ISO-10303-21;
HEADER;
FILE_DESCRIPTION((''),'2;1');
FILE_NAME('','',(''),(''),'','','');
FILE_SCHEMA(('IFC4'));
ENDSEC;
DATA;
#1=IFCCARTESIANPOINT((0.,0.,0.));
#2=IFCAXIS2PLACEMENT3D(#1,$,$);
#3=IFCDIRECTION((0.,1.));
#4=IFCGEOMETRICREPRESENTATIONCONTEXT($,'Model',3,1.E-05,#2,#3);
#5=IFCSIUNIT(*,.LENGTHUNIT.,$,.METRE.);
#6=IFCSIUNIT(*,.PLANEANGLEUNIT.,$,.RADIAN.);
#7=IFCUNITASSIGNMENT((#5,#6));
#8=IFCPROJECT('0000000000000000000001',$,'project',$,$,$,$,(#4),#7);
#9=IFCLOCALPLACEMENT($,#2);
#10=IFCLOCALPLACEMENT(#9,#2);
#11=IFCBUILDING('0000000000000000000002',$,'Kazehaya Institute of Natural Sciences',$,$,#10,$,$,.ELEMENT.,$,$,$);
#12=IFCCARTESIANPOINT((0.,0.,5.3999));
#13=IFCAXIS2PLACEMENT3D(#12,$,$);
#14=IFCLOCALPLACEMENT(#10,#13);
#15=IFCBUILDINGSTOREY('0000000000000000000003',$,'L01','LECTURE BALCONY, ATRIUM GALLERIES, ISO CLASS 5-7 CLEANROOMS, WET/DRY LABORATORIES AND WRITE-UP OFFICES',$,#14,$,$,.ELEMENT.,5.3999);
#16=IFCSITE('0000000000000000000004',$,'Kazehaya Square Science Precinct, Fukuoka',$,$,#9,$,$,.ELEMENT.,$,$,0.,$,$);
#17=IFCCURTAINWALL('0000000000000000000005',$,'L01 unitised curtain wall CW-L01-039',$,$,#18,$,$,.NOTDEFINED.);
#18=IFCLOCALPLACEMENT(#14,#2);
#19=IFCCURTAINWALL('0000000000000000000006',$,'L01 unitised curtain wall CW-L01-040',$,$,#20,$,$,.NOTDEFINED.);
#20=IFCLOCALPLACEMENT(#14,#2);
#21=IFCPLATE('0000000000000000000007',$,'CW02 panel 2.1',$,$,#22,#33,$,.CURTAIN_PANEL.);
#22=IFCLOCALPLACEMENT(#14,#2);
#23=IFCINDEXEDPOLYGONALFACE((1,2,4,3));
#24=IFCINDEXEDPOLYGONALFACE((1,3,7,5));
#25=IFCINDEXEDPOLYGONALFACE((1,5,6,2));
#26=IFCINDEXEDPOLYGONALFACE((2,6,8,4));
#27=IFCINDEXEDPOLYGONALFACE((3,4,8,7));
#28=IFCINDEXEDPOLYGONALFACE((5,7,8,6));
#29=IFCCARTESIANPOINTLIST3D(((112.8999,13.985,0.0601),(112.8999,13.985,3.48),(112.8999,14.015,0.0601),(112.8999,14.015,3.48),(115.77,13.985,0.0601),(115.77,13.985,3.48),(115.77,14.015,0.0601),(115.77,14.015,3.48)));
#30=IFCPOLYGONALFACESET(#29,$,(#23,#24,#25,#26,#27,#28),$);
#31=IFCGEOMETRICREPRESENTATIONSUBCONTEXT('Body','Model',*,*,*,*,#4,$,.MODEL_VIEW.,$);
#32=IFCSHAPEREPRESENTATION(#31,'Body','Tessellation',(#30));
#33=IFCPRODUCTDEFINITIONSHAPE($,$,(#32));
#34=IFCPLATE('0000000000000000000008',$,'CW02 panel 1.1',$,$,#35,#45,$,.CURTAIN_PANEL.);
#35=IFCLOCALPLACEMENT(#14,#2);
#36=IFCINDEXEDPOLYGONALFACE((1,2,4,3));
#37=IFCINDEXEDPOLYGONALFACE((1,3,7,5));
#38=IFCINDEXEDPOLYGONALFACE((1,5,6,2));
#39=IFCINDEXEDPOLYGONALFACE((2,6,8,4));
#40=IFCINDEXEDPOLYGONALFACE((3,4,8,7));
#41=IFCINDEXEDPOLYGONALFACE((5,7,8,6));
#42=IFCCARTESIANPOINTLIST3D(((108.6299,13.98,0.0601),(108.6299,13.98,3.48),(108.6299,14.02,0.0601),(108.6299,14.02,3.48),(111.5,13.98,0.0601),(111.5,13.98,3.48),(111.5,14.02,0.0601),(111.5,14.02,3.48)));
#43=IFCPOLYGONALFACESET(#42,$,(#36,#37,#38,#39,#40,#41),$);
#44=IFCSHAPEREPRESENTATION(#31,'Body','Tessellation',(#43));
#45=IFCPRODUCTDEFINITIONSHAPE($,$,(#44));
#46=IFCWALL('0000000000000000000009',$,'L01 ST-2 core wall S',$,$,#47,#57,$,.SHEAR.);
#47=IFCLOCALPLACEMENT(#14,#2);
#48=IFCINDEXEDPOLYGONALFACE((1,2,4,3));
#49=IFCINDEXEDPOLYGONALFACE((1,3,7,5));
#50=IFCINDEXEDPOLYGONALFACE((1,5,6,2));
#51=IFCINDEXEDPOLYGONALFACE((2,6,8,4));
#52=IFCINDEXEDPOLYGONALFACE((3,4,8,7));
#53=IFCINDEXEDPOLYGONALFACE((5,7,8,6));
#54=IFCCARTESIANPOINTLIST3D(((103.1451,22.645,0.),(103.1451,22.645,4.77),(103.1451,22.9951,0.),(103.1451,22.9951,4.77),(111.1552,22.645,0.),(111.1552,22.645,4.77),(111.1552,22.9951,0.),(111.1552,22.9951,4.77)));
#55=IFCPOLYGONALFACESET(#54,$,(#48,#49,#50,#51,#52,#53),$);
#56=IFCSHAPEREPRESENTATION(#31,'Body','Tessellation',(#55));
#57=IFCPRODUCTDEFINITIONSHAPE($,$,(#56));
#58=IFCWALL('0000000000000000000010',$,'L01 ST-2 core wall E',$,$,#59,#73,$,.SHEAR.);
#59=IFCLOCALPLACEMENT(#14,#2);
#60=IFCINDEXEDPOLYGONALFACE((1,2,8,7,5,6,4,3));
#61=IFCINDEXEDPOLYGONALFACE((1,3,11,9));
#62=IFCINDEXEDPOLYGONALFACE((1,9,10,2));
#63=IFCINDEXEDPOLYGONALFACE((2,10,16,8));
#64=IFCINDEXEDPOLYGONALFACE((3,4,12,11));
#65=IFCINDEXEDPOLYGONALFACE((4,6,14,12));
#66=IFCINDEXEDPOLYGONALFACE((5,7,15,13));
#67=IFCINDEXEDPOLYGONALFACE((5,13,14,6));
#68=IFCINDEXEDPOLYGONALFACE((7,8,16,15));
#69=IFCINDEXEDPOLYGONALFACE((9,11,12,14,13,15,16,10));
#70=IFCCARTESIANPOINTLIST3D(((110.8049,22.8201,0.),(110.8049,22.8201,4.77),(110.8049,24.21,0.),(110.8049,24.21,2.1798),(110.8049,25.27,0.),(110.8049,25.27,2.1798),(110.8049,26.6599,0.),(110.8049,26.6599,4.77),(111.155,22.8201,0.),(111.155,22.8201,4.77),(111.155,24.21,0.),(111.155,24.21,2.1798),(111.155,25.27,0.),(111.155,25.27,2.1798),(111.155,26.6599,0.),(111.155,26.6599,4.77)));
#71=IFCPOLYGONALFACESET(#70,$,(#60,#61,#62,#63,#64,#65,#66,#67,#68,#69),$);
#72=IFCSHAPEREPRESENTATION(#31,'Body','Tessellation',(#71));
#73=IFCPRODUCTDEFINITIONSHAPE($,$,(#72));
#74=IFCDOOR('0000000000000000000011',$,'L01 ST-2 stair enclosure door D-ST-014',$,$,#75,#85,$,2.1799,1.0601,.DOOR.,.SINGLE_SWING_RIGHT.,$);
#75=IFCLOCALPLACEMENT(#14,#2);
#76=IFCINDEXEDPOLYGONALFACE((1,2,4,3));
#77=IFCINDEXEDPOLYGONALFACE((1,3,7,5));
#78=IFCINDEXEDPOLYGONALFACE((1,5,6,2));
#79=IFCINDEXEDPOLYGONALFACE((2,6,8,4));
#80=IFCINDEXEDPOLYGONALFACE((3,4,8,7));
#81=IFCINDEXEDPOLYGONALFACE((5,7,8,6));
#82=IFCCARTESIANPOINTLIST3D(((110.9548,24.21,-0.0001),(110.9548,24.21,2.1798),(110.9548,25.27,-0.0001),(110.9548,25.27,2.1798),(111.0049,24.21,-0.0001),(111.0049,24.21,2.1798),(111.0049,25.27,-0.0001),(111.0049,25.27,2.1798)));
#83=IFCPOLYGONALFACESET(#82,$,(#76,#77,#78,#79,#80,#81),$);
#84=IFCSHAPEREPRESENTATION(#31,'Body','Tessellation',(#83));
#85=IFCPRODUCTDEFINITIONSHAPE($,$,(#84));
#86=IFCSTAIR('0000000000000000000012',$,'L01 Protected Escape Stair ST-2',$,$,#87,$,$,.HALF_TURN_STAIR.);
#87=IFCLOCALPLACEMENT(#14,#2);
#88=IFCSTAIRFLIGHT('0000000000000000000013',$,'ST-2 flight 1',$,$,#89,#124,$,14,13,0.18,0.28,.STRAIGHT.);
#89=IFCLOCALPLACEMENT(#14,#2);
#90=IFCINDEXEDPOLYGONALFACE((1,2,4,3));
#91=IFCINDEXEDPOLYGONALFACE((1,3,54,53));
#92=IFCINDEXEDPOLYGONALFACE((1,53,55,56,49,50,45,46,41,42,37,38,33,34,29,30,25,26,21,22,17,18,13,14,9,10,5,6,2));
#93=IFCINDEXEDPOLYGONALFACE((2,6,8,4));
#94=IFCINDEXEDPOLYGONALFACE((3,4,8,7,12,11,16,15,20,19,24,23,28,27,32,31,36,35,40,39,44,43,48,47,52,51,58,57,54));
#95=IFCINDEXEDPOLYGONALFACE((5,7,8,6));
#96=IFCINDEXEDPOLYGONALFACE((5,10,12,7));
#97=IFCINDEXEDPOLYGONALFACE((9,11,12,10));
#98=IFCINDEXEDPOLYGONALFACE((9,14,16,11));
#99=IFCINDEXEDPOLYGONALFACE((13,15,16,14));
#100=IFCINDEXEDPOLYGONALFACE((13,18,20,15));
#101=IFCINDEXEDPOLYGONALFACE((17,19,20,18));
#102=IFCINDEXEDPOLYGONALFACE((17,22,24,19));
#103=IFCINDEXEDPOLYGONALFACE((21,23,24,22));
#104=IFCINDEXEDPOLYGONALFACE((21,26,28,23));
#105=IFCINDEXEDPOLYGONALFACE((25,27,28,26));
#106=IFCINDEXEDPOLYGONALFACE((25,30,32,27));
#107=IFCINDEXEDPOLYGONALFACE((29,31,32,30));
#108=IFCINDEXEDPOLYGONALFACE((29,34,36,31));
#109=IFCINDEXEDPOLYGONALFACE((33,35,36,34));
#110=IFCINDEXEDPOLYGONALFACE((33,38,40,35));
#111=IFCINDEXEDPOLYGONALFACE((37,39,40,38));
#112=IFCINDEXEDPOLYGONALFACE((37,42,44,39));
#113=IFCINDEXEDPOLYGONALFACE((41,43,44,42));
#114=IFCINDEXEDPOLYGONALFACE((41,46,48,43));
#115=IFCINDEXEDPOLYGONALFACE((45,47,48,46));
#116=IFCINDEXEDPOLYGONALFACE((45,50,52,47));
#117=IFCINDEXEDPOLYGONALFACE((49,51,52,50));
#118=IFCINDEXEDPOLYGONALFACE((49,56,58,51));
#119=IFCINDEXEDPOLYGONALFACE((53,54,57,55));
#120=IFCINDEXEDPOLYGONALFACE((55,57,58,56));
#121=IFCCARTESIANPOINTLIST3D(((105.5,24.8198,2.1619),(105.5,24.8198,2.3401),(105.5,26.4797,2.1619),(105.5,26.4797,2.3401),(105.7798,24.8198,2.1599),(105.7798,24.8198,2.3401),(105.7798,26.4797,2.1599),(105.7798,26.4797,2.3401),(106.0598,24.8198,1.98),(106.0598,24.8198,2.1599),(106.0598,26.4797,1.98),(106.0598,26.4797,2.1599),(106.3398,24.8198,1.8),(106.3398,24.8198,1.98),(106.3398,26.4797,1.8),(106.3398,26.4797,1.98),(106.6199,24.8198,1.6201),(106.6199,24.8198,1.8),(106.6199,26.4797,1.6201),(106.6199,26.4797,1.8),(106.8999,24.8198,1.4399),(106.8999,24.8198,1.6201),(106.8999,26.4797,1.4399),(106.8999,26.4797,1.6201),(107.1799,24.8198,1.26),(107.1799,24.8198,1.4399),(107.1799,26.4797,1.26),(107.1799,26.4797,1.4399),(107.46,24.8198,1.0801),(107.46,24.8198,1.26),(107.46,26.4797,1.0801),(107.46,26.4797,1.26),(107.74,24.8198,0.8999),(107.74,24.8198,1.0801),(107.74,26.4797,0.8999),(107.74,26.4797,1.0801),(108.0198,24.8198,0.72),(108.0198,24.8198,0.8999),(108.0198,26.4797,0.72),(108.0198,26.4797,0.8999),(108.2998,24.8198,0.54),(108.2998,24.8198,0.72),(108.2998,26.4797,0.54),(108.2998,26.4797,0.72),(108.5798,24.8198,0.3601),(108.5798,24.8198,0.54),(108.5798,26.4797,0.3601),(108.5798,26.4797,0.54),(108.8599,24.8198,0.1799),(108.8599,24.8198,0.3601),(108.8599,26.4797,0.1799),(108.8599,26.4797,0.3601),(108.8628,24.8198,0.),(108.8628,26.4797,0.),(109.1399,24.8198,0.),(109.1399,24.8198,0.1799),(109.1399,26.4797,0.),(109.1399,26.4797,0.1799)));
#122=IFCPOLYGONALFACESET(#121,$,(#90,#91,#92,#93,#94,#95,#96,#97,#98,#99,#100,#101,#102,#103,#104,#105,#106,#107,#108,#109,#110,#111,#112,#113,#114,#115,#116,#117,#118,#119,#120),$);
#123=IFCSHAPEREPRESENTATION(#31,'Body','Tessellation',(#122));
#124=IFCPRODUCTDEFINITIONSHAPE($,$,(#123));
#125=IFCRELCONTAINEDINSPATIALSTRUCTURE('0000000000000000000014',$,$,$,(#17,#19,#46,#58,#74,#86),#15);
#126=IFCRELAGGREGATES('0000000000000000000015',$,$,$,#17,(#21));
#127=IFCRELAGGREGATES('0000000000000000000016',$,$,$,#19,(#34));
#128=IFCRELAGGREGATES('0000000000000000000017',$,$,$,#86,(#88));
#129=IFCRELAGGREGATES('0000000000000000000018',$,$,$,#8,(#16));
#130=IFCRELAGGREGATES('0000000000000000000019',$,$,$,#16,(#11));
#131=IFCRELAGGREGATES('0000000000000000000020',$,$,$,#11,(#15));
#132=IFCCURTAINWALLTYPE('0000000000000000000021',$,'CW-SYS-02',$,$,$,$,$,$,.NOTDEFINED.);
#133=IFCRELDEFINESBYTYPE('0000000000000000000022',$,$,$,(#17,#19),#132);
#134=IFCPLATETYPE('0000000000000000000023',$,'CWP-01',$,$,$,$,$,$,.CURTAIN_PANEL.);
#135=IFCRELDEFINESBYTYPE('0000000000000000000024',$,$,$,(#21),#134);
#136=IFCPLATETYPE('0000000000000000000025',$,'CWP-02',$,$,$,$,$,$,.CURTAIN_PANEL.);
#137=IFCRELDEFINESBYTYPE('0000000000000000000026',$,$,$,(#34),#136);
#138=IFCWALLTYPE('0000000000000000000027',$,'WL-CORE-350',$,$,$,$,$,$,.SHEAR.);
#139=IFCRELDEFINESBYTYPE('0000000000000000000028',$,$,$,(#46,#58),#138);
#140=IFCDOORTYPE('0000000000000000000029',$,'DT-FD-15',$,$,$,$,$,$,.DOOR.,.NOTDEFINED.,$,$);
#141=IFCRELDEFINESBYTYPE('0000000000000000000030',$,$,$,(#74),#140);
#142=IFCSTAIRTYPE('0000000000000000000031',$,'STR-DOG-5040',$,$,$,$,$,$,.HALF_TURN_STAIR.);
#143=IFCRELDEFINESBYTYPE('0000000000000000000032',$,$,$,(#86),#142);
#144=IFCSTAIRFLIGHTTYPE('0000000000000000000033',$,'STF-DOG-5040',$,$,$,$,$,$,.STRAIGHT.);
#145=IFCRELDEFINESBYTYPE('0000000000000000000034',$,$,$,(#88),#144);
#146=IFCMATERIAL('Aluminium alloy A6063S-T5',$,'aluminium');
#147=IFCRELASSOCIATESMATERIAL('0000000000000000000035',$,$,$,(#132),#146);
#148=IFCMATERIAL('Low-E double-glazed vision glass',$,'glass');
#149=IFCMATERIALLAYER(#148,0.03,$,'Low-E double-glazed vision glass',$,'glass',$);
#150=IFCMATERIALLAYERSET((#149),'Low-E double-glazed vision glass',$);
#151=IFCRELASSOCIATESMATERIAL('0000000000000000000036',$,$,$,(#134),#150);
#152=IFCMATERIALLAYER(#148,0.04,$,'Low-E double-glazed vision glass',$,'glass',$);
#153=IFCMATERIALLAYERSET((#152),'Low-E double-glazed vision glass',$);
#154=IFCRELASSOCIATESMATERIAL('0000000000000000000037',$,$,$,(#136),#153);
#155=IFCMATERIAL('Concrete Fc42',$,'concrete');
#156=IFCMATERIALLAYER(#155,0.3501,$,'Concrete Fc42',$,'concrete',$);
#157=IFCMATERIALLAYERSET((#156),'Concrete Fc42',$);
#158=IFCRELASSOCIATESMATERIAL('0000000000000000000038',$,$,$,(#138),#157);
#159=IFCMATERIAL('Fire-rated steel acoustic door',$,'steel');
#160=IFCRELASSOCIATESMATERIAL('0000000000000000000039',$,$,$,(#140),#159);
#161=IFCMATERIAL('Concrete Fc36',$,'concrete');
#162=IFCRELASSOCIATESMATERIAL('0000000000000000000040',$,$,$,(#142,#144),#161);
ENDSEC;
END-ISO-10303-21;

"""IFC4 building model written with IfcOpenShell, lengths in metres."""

from ifc_helpers import new_model, si_unit, direction, frame, frame_2d, origin, origin_2d, place, context, subcontext, project, spatial, polyline, rectangle, outline, extrude, material, layer, layer_set, type_object, element, fill, aggregate, save


model = new_model("IFC4")

# Units and contexts
model_context = context("Model", 3, precision=1e-05, world=origin(), true_north=direction((0.0, 1.0)))
body_context = subcontext(model_context, "Body", "Model", "MODEL_VIEW")
ifc_project = project(units=[si_unit("LENGTHUNIT", "METRE"), si_unit("PLANEANGLEUNIT", "RADIAN")], contexts=[model_context])

# Site, building, storey
site_placement = place(None, origin())
site = spatial("IfcSite", under=ifc_project, at=site_placement, Name="Kazehaya Square Science Precinct, Fukuoka", CompositionType="ELEMENT", RefElevation=0.0)
building_placement = place(site_placement, origin())
building = spatial("IfcBuilding", under=site, at=building_placement, Name="Kazehaya Institute of Natural Sciences", CompositionType="ELEMENT")
storey_placement = place(building_placement, frame((0.0, 0.0, 5.3999)))
storey = spatial("IfcBuildingStorey", under=building, at=storey_placement, Name="L01", Description="LECTURE BALCONY, ATRIUM GALLERIES, ISO CLASS 5-7 CLEANROOMS, WET/DRY LABORATORIES AND WRITE-UP OFFICES", CompositionType="ELEMENT", Elevation=5.3999)

# Shared definitions
ifc_material_1 = material(Name="Concrete Fc36", Category="concrete")
ifc_material_2 = material(Name="Concrete Fc42", Category="concrete")

# Curtain wall
ifc_material_3 = material(Name="Aluminium alloy A6063S-T5", Category="aluminium")
curtain_wall_type = type_object("IfcCurtainWallType", Name="CW-SYS-02", PredefinedType="NOTDEFINED", material=ifc_material_3)
curtain_wall_1_placement = place(storey_placement, origin())
curtain_wall_1 = element("IfcCurtainWall", 1, at=curtain_wall_1_placement, inside=storey, type_object=curtain_wall_type, Name="L01 unitised curtain wall CW-L01-039", PredefinedType="NOTDEFINED")

# Curtain wall
curtain_wall_2_placement = place(storey_placement, origin())
curtain_wall_2 = element("IfcCurtainWall", 2, at=curtain_wall_2_placement, inside=storey, type_object=curtain_wall_type, Name="L01 unitised curtain wall CW-L01-040", PredefinedType="NOTDEFINED")

# Plates
ifc_material_4 = material(Name="Low-E double-glazed vision glass", Category="glass")
ifc_layer_1 = layer(ifc_material_4, 0.03, Name="Low-E double-glazed vision glass", Category="glass")
ifc_layer_set_1 = layer_set([ifc_layer_1], Name="Low-E double-glazed vision glass")
plate_type_1 = type_object("IfcPlateType", Name="CWP-01", PredefinedType="CURTAIN_PANEL", material=ifc_layer_set_1)
plate_1_placement = place(storey_placement, frame((114.335, 14.0, 0.0601), z_axis=(0.0, 0.0, 1.0), x_axis=(-1.0, 0.0, 0.0)))
plate_1 = element("IfcPlate", 3, at=plate_1_placement, type_object=plate_type_1, Name="CW02 panel 2.1", PredefinedType="CURTAIN_PANEL", context=body_context, shape_type="SweptSolid", body=[
    extrude(rectangle(XDim=2.8701, YDim=0.03, at=origin_2d()), origin(), (0.0, 0.0, 1.0), 3.4199),
])
aggregate(curtain_wall_1, [plate_1])
ifc_layer_2 = layer(ifc_material_4, 0.04, Name="Low-E double-glazed vision glass", Category="glass")
ifc_layer_set_2 = layer_set([ifc_layer_2], Name="Low-E double-glazed vision glass")
plate_type_2 = type_object("IfcPlateType", Name="CWP-02", PredefinedType="CURTAIN_PANEL", material=ifc_layer_set_2)
plate_2_placement = place(storey_placement, frame((110.0649, 14.0, 0.0601), z_axis=(0.0, 0.0, 1.0), x_axis=(-1.0, 0.0, 0.0)))
plate_2 = element("IfcPlate", 4, at=plate_2_placement, type_object=plate_type_2, Name="CW02 panel 1.1", PredefinedType="CURTAIN_PANEL", context=body_context, shape_type="SweptSolid", body=[
    extrude(rectangle(XDim=2.8701, YDim=0.04, at=origin_2d()), origin(), (0.0, 0.0, 1.0), 3.4199),
])
aggregate(curtain_wall_2, [plate_2])

# Wall
ifc_layer_3 = layer(ifc_material_2, 0.3501, Name="Concrete Fc42", Category="concrete")
ifc_layer_set_3 = layer_set([ifc_layer_3], Name="Concrete Fc42")
wall_type = type_object("IfcWallType", Name="WL-CORE-350", PredefinedType="SHEAR", material=ifc_layer_set_3)
wall_1_placement = place(storey_placement, frame((111.155, 22.8201, 0.0), z_axis=(0.0, 0.0, 1.0), x_axis=(-1.0, 0.0, 0.0)))
element("IfcWall", 5, at=wall_1_placement, inside=storey, type_object=wall_type, Name="L01 ST-2 core wall S", PredefinedType="SHEAR", context=body_context, shape_type="SweptSolid", body=[
    extrude(rectangle(XDim=8.01, YDim=0.3501, at=frame_2d((4.0049, 0.0))), origin(), (0.0, 0.0, 1.0), 4.77),
])

# Wall, opening, door
wall_2_placement = place(storey_placement, frame((110.98, 26.6599, 0.0), z_axis=(0.0, 0.0, 1.0), x_axis=(0.0, -1.0, 0.0)))
wall_2 = element("IfcWall", 6, at=wall_2_placement, inside=storey, type_object=wall_type, Name="L01 ST-2 core wall E", PredefinedType="SHEAR", context=body_context, shape_type="SweptSolid", body=[
    extrude(rectangle(XDim=3.8398, YDim=0.3501, at=frame_2d((1.9199, 0.0))), origin(), (0.0, 0.0, 1.0), 4.77),
])
opening_placement = place(wall_2_placement, frame((1.3899, 0.0, 0.0)))
opening = element("IfcOpeningElement", 7, at=opening_placement, cuts=wall_2, PredefinedType="OPENING", context=body_context, shape_type="SweptSolid", body=[
    extrude(rectangle(XDim=1.0601, YDim=2.1799, at=frame_2d((0.53, 1.0898))), frame((0.0, 0.1851, 0.0), z_axis=(0.0, -1.0, 0.0), x_axis=(1.0, 0.0, 0.0)), (0.0, 0.0, 1.0), 0.3701),
])
ifc_material_5 = material(Name="Fire-rated steel acoustic door", Category="steel")
door_type = type_object("IfcDoorType", Name="DT-FD-15", OperationType="NOTDEFINED", PredefinedType="DOOR", material=ifc_material_5)
door_placement = place(opening_placement, origin())
door = element("IfcDoor", 8, at=door_placement, inside=storey, type_object=door_type, Name="L01 ST-2 stair enclosure door D-ST-014", OperationType="SINGLE_SWING_RIGHT", OverallHeight=2.1799, OverallWidth=1.0601, PredefinedType="DOOR", context=body_context, shape_type="SweptSolid", body=[
    extrude(rectangle(XDim=1.0601, YDim=2.1799, at=frame_2d((0.53, 1.0898))), frame((0.0, 0.0249, 0.0), z_axis=(0.0, -1.0, 0.0), x_axis=(1.0, 0.0, 0.0)), (0.0, 0.0, 1.0), 0.05),
])
fill(opening, door)

# Stair, stair flight
stair_type = type_object("IfcStairType", Name="STR-DOG-5040", PredefinedType="HALF_TURN_STAIR", material=ifc_material_1)
stair_placement = place(storey_placement, origin())
stair = element("IfcStair", 9, at=stair_placement, inside=storey, type_object=stair_type, Name="L01 Protected Escape Stair ST-2", PredefinedType="HALF_TURN_STAIR")
stair_flight_type = type_object("IfcStairFlightType", Name="STF-DOG-5040", PredefinedType="STRAIGHT", material=ifc_material_1)
stair_flight_placement = place(storey_placement, frame((109.1399, 25.6499, 0.0), z_axis=(0.0, 0.0, 1.0), x_axis=(-1.0, 0.0, 0.0)))
stair_flight = element("IfcStairFlight", 10, at=stair_flight_placement, type_object=stair_flight_type, Name="ST-2 flight 1", NumberOfRisers=14, NumberOfTreads=13, PredefinedType="STRAIGHT", RiserHeight=0.18, TreadLength=0.28, context=body_context, shape_type="SweptSolid", body=[
    extrude(outline(polyline([(0.0, 0.0), (0.0, 0.1799), (0.28, 0.1799), (0.28, 0.3601), (0.5601, 0.3601), (0.5601, 0.54), (0.8401, 0.54), (0.8401, 0.72), (1.1201, 0.72), (1.1201, 0.8999), (1.3999, 0.8999), (1.3999, 1.0801), (1.6799, 1.0801), (1.6799, 1.26), (1.96, 1.26), (1.96, 1.4399), (2.24, 1.4399), (2.24, 1.6201), (2.52, 1.6201), (2.52, 1.8), (2.8, 1.8), (2.8, 1.98), (3.0801, 1.98), (3.0801, 2.1599), (3.3601, 2.1599), (3.3601, 2.3401), (3.6399, 2.3401), (3.6399, 2.52), (3.6399, 2.1619), (0.2771, 0.0), (0.0, 0.0)])), frame((0.0, 0.8301, 0.0), z_axis=(0.0, -1.0, 0.0), x_axis=(1.0, 0.0, 0.0)), (0.0, 0.0, 1.0), 1.6599),
])
aggregate(stair, [stair_flight])

save(model, "model.ifc")
